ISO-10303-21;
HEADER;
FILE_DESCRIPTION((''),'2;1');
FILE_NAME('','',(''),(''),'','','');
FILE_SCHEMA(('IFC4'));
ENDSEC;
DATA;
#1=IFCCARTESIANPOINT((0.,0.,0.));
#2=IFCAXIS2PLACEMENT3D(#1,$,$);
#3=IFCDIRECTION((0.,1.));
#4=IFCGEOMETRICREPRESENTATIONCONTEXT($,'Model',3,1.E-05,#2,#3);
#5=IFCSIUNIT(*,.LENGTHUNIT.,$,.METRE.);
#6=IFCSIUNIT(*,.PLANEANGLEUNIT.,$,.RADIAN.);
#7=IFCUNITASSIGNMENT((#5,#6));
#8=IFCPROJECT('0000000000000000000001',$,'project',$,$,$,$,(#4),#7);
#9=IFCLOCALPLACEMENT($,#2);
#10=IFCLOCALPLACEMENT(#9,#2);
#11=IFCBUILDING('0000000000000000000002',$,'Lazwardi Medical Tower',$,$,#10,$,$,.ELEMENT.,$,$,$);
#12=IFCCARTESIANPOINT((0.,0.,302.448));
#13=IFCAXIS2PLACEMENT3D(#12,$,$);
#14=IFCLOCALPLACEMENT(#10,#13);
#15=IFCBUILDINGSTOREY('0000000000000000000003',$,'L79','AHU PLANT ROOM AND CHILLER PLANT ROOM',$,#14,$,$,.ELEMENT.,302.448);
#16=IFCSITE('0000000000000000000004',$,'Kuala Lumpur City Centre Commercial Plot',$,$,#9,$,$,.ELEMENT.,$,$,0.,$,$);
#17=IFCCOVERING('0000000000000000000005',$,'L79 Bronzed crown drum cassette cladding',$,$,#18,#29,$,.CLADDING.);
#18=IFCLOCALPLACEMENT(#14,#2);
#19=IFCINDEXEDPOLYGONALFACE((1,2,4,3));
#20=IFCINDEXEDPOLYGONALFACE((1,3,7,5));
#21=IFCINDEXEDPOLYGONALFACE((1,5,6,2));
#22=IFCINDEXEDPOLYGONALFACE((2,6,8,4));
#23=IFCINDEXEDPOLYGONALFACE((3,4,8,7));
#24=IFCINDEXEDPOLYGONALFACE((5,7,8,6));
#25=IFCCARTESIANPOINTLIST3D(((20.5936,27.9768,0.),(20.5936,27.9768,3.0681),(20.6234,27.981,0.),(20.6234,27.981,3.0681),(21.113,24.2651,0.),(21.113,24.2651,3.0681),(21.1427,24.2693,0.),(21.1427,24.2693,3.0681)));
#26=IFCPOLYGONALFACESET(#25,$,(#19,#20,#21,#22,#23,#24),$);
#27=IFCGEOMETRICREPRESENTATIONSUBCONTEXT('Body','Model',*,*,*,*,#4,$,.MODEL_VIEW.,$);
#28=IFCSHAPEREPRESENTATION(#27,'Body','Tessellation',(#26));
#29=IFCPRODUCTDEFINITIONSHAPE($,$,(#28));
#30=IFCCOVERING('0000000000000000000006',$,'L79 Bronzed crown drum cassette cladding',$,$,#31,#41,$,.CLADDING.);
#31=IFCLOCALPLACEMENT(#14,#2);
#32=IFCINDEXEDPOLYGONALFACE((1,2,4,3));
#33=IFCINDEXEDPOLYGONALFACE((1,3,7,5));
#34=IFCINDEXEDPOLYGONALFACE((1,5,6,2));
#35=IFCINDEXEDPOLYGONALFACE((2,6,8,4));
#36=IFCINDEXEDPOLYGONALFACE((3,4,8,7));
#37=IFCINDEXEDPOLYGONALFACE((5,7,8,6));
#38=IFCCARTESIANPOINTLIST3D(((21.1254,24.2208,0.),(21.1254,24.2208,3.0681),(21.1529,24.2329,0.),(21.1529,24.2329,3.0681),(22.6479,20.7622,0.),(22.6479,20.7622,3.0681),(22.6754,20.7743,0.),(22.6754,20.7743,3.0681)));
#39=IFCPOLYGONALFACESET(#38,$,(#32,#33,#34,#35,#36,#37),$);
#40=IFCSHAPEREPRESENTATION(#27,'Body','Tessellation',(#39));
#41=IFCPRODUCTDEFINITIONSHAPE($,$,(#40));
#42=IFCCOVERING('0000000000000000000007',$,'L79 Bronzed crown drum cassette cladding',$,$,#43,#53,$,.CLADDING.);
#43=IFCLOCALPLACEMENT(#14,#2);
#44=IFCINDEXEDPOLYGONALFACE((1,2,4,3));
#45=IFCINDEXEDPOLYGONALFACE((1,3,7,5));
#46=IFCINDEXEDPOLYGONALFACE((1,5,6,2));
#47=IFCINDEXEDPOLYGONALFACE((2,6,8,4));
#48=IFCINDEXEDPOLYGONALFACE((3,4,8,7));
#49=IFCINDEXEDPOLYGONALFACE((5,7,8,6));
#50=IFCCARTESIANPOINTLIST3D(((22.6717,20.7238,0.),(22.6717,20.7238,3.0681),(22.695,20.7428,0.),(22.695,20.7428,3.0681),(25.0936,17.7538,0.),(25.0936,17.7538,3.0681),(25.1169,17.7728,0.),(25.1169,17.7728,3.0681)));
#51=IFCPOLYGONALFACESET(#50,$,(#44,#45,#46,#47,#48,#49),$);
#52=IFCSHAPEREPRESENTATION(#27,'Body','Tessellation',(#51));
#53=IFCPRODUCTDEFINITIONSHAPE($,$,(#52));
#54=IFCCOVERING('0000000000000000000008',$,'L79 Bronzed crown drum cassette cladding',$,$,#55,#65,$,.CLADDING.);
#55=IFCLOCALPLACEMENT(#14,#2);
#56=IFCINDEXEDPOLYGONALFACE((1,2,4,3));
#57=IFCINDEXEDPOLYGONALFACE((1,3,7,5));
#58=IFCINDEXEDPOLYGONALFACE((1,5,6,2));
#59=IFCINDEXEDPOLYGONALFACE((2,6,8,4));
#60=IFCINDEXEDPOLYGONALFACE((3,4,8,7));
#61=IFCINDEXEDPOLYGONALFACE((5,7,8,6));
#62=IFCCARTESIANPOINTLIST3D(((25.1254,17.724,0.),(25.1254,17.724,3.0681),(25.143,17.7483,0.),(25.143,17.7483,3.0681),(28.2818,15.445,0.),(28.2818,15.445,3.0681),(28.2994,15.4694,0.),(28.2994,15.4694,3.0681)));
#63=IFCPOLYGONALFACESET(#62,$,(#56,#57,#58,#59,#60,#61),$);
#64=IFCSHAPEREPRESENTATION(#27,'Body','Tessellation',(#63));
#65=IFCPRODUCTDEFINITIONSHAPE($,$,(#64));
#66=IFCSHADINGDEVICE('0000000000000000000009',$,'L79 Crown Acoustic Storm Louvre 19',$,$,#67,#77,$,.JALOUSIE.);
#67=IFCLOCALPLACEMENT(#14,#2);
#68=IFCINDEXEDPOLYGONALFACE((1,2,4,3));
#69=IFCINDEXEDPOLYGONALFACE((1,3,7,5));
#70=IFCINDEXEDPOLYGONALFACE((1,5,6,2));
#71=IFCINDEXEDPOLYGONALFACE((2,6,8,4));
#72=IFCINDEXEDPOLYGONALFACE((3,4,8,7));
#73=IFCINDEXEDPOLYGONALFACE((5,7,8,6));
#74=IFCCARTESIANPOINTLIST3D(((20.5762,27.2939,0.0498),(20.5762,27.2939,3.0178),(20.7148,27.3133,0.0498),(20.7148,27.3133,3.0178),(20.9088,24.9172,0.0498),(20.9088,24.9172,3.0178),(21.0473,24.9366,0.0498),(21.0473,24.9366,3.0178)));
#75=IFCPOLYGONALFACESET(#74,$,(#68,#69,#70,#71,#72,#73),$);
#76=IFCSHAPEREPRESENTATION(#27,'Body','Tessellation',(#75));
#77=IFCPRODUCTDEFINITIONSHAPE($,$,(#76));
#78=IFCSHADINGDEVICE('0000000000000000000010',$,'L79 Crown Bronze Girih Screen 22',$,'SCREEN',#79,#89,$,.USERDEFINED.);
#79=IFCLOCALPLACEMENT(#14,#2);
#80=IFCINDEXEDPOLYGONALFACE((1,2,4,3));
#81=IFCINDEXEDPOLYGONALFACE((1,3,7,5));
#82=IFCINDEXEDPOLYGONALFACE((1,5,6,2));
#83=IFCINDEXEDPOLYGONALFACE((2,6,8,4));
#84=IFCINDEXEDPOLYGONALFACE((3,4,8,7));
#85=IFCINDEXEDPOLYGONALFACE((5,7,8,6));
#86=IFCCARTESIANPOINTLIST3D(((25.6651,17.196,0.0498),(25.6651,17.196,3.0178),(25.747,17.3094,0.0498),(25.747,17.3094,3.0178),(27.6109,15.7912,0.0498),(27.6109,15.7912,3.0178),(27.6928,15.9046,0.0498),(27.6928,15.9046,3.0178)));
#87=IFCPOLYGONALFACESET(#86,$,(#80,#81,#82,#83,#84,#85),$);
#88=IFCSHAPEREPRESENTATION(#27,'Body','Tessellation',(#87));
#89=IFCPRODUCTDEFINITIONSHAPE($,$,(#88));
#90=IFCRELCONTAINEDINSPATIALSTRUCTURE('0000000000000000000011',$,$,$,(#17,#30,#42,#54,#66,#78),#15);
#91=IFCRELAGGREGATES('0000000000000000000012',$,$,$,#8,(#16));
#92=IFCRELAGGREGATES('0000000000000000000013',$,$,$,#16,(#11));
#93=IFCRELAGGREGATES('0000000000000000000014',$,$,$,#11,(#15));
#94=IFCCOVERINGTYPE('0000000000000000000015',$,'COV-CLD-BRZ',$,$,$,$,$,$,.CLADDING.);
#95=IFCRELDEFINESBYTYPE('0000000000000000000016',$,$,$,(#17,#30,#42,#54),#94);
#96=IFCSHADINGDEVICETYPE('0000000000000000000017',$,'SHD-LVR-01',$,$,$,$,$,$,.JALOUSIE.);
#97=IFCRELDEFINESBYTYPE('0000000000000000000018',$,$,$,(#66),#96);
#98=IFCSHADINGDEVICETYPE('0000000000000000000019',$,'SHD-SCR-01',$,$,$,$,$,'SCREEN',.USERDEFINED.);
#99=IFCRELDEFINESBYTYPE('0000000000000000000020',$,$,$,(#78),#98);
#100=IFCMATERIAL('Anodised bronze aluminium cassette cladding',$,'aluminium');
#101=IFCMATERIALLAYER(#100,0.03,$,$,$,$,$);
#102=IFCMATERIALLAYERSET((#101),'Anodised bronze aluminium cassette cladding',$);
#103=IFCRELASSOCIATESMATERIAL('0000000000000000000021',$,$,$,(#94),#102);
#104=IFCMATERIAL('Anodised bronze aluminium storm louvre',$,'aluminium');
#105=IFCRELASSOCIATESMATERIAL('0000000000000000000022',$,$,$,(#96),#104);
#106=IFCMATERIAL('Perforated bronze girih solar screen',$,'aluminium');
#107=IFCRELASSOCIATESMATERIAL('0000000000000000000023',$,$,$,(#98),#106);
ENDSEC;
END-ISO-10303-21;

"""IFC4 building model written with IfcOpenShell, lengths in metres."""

from ifc_helpers import new_model, si_unit, direction, frame, origin, origin_2d, place, context, subcontext, project, spatial, rectangle, extrude, material, layer, layer_set, type_object, element, save


model = new_model("IFC4")

# Units and contexts
model_context = context("Model", 3, precision=1e-05, world=origin(), true_north=direction((0.0, 1.0)))
body_context = subcontext(model_context, "Body", "Model", "MODEL_VIEW")
ifc_project = project(units=[si_unit("LENGTHUNIT", "METRE"), si_unit("PLANEANGLEUNIT", "RADIAN")], contexts=[model_context])

# Site, building, storey
site_placement = place(None, origin())
site = spatial("IfcSite", under=ifc_project, at=site_placement, Name="Kuala Lumpur City Centre Commercial Plot", CompositionType="ELEMENT", RefElevation=0.0)
building_placement = place(site_placement, origin())
building = spatial("IfcBuilding", under=site, at=building_placement, Name="Lazwardi Medical Tower", CompositionType="ELEMENT")
storey_placement = place(building_placement, frame((0.0, 0.0, 302.448)))
storey = spatial("IfcBuildingStorey", under=building, at=storey_placement, Name="L79", Description="AHU PLANT ROOM AND CHILLER PLANT ROOM", CompositionType="ELEMENT", Elevation=302.448)

# Coverings
ifc_material_1 = material(Name="Anodised bronze aluminium cassette cladding", Category="aluminium")
ifc_layer_1 = layer(ifc_material_1, 0.03)
ifc_layer_set_1 = layer_set([ifc_layer_1], Name="Anodised bronze aluminium cassette cladding")
covering_type = type_object("IfcCoveringType", Name="COV-CLD-BRZ", PredefinedType="CLADDING", material=ifc_layer_set_1)
covering_1_placement = place(storey_placement, frame((20.8682, 26.123, 0.0), z_axis=(0.0, 0.0, 1.0), x_axis=(0.138566, -0.990353, 0.0)))
element("IfcCovering", 1, at=covering_1_placement, inside=storey, type_object=covering_type, Name="L79 Bronzed crown drum cassette cladding", PredefinedType="CLADDING", context=body_context, shape_type="SweptSolid", body=[
    extrude(rectangle(XDim=3.7478, YDim=0.03, at=origin_2d()), origin(), (0.0, 0.0, 1.0), 3.0681),
])
covering_2_placement = place(storey_placement, frame((21.9004, 22.4976, 0.0), z_axis=(0.0, 0.0, 1.0), x_axis=(0.402906, -0.915241, 0.0)))
element("IfcCovering", 2, at=covering_2_placement, inside=storey, type_object=covering_type, Name="L79 Bronzed crown drum cassette cladding", PredefinedType="CLADDING", context=body_context, shape_type="SweptSolid", body=[
    extrude(rectangle(XDim=3.7788, YDim=0.03, at=origin_2d()), origin(), (0.0, 0.0, 1.0), 3.0681),
])
covering_3_placement = place(storey_placement, frame((23.8943, 19.2483, 0.0), z_axis=(0.0, 0.0, 1.0), x_axis=(0.631983, -0.774982, 0.0)))
element("IfcCovering", 3, at=covering_3_placement, inside=storey, type_object=covering_type, Name="L79 Bronzed crown drum cassette cladding", PredefinedType="CLADDING", context=body_context, shape_type="SweptSolid", body=[
    extrude(rectangle(XDim=3.8323, YDim=0.03, at=origin_2d()), origin(), (0.0, 0.0, 1.0), 3.0681),
])
covering_4_placement = place(storey_placement, frame((26.7124, 16.5967, 0.0), z_axis=(0.0, 0.0, 1.0), x_axis=(0.810758, -0.585381, 0.0)))
element("IfcCovering", 4, at=covering_4_placement, inside=storey, type_object=covering_type, Name="L79 Bronzed crown drum cassette cladding", PredefinedType="CLADDING", context=body_context, shape_type="SweptSolid", body=[
    extrude(rectangle(XDim=3.8931, YDim=0.03, at=origin_2d()), origin(), (0.0, 0.0, 1.0), 3.0681),
])

# Shading devices
ifc_material_2 = material(Name="Anodised bronze aluminium storm louvre", Category="aluminium")
shading_device_type_1 = type_object("IfcShadingDeviceType", Name="SHD-LVR-01", PredefinedType="JALOUSIE", material=ifc_material_2)
shading_device_1_placement = place(storey_placement, frame((20.8118, 26.1152, 0.0498), z_axis=(0.0, 0.0, 1.0), x_axis=(0.138566, -0.990353, 0.0)))
element("IfcShadingDevice", 5, at=shading_device_1_placement, inside=storey, type_object=shading_device_type_1, Name="L79 Crown Acoustic Storm Louvre 19", PredefinedType="JALOUSIE", context=body_context, shape_type="SweptSolid", body=[
    extrude(rectangle(XDim=2.3999, YDim=0.1399, at=origin_2d()), origin(), (0.0, 0.0, 1.0), 2.968),
])
ifc_material_3 = material(Name="Perforated bronze girih solar screen", Category="aluminium")
shading_device_type_2 = type_object("IfcShadingDeviceType", Name="SHD-SCR-01", ElementType="SCREEN", PredefinedType="USERDEFINED", material=ifc_material_3)
shading_device_2_placement = place(storey_placement, frame((26.679, 16.5503, 0.0498), z_axis=(0.0, 0.0, 1.0), x_axis=(0.810758, -0.585381, 0.0)))
element("IfcShadingDevice", 6, at=shading_device_2_placement, inside=storey, type_object=shading_device_type_2, Name="L79 Crown Bronze Girih Screen 22", ObjectType="SCREEN", PredefinedType="USERDEFINED", context=body_context, shape_type="SweptSolid", body=[
    extrude(rectangle(XDim=2.3999, YDim=0.1399, at=origin_2d()), origin(), (0.0, 0.0, 1.0), 2.968),
])

save(model, "model.ifc")
